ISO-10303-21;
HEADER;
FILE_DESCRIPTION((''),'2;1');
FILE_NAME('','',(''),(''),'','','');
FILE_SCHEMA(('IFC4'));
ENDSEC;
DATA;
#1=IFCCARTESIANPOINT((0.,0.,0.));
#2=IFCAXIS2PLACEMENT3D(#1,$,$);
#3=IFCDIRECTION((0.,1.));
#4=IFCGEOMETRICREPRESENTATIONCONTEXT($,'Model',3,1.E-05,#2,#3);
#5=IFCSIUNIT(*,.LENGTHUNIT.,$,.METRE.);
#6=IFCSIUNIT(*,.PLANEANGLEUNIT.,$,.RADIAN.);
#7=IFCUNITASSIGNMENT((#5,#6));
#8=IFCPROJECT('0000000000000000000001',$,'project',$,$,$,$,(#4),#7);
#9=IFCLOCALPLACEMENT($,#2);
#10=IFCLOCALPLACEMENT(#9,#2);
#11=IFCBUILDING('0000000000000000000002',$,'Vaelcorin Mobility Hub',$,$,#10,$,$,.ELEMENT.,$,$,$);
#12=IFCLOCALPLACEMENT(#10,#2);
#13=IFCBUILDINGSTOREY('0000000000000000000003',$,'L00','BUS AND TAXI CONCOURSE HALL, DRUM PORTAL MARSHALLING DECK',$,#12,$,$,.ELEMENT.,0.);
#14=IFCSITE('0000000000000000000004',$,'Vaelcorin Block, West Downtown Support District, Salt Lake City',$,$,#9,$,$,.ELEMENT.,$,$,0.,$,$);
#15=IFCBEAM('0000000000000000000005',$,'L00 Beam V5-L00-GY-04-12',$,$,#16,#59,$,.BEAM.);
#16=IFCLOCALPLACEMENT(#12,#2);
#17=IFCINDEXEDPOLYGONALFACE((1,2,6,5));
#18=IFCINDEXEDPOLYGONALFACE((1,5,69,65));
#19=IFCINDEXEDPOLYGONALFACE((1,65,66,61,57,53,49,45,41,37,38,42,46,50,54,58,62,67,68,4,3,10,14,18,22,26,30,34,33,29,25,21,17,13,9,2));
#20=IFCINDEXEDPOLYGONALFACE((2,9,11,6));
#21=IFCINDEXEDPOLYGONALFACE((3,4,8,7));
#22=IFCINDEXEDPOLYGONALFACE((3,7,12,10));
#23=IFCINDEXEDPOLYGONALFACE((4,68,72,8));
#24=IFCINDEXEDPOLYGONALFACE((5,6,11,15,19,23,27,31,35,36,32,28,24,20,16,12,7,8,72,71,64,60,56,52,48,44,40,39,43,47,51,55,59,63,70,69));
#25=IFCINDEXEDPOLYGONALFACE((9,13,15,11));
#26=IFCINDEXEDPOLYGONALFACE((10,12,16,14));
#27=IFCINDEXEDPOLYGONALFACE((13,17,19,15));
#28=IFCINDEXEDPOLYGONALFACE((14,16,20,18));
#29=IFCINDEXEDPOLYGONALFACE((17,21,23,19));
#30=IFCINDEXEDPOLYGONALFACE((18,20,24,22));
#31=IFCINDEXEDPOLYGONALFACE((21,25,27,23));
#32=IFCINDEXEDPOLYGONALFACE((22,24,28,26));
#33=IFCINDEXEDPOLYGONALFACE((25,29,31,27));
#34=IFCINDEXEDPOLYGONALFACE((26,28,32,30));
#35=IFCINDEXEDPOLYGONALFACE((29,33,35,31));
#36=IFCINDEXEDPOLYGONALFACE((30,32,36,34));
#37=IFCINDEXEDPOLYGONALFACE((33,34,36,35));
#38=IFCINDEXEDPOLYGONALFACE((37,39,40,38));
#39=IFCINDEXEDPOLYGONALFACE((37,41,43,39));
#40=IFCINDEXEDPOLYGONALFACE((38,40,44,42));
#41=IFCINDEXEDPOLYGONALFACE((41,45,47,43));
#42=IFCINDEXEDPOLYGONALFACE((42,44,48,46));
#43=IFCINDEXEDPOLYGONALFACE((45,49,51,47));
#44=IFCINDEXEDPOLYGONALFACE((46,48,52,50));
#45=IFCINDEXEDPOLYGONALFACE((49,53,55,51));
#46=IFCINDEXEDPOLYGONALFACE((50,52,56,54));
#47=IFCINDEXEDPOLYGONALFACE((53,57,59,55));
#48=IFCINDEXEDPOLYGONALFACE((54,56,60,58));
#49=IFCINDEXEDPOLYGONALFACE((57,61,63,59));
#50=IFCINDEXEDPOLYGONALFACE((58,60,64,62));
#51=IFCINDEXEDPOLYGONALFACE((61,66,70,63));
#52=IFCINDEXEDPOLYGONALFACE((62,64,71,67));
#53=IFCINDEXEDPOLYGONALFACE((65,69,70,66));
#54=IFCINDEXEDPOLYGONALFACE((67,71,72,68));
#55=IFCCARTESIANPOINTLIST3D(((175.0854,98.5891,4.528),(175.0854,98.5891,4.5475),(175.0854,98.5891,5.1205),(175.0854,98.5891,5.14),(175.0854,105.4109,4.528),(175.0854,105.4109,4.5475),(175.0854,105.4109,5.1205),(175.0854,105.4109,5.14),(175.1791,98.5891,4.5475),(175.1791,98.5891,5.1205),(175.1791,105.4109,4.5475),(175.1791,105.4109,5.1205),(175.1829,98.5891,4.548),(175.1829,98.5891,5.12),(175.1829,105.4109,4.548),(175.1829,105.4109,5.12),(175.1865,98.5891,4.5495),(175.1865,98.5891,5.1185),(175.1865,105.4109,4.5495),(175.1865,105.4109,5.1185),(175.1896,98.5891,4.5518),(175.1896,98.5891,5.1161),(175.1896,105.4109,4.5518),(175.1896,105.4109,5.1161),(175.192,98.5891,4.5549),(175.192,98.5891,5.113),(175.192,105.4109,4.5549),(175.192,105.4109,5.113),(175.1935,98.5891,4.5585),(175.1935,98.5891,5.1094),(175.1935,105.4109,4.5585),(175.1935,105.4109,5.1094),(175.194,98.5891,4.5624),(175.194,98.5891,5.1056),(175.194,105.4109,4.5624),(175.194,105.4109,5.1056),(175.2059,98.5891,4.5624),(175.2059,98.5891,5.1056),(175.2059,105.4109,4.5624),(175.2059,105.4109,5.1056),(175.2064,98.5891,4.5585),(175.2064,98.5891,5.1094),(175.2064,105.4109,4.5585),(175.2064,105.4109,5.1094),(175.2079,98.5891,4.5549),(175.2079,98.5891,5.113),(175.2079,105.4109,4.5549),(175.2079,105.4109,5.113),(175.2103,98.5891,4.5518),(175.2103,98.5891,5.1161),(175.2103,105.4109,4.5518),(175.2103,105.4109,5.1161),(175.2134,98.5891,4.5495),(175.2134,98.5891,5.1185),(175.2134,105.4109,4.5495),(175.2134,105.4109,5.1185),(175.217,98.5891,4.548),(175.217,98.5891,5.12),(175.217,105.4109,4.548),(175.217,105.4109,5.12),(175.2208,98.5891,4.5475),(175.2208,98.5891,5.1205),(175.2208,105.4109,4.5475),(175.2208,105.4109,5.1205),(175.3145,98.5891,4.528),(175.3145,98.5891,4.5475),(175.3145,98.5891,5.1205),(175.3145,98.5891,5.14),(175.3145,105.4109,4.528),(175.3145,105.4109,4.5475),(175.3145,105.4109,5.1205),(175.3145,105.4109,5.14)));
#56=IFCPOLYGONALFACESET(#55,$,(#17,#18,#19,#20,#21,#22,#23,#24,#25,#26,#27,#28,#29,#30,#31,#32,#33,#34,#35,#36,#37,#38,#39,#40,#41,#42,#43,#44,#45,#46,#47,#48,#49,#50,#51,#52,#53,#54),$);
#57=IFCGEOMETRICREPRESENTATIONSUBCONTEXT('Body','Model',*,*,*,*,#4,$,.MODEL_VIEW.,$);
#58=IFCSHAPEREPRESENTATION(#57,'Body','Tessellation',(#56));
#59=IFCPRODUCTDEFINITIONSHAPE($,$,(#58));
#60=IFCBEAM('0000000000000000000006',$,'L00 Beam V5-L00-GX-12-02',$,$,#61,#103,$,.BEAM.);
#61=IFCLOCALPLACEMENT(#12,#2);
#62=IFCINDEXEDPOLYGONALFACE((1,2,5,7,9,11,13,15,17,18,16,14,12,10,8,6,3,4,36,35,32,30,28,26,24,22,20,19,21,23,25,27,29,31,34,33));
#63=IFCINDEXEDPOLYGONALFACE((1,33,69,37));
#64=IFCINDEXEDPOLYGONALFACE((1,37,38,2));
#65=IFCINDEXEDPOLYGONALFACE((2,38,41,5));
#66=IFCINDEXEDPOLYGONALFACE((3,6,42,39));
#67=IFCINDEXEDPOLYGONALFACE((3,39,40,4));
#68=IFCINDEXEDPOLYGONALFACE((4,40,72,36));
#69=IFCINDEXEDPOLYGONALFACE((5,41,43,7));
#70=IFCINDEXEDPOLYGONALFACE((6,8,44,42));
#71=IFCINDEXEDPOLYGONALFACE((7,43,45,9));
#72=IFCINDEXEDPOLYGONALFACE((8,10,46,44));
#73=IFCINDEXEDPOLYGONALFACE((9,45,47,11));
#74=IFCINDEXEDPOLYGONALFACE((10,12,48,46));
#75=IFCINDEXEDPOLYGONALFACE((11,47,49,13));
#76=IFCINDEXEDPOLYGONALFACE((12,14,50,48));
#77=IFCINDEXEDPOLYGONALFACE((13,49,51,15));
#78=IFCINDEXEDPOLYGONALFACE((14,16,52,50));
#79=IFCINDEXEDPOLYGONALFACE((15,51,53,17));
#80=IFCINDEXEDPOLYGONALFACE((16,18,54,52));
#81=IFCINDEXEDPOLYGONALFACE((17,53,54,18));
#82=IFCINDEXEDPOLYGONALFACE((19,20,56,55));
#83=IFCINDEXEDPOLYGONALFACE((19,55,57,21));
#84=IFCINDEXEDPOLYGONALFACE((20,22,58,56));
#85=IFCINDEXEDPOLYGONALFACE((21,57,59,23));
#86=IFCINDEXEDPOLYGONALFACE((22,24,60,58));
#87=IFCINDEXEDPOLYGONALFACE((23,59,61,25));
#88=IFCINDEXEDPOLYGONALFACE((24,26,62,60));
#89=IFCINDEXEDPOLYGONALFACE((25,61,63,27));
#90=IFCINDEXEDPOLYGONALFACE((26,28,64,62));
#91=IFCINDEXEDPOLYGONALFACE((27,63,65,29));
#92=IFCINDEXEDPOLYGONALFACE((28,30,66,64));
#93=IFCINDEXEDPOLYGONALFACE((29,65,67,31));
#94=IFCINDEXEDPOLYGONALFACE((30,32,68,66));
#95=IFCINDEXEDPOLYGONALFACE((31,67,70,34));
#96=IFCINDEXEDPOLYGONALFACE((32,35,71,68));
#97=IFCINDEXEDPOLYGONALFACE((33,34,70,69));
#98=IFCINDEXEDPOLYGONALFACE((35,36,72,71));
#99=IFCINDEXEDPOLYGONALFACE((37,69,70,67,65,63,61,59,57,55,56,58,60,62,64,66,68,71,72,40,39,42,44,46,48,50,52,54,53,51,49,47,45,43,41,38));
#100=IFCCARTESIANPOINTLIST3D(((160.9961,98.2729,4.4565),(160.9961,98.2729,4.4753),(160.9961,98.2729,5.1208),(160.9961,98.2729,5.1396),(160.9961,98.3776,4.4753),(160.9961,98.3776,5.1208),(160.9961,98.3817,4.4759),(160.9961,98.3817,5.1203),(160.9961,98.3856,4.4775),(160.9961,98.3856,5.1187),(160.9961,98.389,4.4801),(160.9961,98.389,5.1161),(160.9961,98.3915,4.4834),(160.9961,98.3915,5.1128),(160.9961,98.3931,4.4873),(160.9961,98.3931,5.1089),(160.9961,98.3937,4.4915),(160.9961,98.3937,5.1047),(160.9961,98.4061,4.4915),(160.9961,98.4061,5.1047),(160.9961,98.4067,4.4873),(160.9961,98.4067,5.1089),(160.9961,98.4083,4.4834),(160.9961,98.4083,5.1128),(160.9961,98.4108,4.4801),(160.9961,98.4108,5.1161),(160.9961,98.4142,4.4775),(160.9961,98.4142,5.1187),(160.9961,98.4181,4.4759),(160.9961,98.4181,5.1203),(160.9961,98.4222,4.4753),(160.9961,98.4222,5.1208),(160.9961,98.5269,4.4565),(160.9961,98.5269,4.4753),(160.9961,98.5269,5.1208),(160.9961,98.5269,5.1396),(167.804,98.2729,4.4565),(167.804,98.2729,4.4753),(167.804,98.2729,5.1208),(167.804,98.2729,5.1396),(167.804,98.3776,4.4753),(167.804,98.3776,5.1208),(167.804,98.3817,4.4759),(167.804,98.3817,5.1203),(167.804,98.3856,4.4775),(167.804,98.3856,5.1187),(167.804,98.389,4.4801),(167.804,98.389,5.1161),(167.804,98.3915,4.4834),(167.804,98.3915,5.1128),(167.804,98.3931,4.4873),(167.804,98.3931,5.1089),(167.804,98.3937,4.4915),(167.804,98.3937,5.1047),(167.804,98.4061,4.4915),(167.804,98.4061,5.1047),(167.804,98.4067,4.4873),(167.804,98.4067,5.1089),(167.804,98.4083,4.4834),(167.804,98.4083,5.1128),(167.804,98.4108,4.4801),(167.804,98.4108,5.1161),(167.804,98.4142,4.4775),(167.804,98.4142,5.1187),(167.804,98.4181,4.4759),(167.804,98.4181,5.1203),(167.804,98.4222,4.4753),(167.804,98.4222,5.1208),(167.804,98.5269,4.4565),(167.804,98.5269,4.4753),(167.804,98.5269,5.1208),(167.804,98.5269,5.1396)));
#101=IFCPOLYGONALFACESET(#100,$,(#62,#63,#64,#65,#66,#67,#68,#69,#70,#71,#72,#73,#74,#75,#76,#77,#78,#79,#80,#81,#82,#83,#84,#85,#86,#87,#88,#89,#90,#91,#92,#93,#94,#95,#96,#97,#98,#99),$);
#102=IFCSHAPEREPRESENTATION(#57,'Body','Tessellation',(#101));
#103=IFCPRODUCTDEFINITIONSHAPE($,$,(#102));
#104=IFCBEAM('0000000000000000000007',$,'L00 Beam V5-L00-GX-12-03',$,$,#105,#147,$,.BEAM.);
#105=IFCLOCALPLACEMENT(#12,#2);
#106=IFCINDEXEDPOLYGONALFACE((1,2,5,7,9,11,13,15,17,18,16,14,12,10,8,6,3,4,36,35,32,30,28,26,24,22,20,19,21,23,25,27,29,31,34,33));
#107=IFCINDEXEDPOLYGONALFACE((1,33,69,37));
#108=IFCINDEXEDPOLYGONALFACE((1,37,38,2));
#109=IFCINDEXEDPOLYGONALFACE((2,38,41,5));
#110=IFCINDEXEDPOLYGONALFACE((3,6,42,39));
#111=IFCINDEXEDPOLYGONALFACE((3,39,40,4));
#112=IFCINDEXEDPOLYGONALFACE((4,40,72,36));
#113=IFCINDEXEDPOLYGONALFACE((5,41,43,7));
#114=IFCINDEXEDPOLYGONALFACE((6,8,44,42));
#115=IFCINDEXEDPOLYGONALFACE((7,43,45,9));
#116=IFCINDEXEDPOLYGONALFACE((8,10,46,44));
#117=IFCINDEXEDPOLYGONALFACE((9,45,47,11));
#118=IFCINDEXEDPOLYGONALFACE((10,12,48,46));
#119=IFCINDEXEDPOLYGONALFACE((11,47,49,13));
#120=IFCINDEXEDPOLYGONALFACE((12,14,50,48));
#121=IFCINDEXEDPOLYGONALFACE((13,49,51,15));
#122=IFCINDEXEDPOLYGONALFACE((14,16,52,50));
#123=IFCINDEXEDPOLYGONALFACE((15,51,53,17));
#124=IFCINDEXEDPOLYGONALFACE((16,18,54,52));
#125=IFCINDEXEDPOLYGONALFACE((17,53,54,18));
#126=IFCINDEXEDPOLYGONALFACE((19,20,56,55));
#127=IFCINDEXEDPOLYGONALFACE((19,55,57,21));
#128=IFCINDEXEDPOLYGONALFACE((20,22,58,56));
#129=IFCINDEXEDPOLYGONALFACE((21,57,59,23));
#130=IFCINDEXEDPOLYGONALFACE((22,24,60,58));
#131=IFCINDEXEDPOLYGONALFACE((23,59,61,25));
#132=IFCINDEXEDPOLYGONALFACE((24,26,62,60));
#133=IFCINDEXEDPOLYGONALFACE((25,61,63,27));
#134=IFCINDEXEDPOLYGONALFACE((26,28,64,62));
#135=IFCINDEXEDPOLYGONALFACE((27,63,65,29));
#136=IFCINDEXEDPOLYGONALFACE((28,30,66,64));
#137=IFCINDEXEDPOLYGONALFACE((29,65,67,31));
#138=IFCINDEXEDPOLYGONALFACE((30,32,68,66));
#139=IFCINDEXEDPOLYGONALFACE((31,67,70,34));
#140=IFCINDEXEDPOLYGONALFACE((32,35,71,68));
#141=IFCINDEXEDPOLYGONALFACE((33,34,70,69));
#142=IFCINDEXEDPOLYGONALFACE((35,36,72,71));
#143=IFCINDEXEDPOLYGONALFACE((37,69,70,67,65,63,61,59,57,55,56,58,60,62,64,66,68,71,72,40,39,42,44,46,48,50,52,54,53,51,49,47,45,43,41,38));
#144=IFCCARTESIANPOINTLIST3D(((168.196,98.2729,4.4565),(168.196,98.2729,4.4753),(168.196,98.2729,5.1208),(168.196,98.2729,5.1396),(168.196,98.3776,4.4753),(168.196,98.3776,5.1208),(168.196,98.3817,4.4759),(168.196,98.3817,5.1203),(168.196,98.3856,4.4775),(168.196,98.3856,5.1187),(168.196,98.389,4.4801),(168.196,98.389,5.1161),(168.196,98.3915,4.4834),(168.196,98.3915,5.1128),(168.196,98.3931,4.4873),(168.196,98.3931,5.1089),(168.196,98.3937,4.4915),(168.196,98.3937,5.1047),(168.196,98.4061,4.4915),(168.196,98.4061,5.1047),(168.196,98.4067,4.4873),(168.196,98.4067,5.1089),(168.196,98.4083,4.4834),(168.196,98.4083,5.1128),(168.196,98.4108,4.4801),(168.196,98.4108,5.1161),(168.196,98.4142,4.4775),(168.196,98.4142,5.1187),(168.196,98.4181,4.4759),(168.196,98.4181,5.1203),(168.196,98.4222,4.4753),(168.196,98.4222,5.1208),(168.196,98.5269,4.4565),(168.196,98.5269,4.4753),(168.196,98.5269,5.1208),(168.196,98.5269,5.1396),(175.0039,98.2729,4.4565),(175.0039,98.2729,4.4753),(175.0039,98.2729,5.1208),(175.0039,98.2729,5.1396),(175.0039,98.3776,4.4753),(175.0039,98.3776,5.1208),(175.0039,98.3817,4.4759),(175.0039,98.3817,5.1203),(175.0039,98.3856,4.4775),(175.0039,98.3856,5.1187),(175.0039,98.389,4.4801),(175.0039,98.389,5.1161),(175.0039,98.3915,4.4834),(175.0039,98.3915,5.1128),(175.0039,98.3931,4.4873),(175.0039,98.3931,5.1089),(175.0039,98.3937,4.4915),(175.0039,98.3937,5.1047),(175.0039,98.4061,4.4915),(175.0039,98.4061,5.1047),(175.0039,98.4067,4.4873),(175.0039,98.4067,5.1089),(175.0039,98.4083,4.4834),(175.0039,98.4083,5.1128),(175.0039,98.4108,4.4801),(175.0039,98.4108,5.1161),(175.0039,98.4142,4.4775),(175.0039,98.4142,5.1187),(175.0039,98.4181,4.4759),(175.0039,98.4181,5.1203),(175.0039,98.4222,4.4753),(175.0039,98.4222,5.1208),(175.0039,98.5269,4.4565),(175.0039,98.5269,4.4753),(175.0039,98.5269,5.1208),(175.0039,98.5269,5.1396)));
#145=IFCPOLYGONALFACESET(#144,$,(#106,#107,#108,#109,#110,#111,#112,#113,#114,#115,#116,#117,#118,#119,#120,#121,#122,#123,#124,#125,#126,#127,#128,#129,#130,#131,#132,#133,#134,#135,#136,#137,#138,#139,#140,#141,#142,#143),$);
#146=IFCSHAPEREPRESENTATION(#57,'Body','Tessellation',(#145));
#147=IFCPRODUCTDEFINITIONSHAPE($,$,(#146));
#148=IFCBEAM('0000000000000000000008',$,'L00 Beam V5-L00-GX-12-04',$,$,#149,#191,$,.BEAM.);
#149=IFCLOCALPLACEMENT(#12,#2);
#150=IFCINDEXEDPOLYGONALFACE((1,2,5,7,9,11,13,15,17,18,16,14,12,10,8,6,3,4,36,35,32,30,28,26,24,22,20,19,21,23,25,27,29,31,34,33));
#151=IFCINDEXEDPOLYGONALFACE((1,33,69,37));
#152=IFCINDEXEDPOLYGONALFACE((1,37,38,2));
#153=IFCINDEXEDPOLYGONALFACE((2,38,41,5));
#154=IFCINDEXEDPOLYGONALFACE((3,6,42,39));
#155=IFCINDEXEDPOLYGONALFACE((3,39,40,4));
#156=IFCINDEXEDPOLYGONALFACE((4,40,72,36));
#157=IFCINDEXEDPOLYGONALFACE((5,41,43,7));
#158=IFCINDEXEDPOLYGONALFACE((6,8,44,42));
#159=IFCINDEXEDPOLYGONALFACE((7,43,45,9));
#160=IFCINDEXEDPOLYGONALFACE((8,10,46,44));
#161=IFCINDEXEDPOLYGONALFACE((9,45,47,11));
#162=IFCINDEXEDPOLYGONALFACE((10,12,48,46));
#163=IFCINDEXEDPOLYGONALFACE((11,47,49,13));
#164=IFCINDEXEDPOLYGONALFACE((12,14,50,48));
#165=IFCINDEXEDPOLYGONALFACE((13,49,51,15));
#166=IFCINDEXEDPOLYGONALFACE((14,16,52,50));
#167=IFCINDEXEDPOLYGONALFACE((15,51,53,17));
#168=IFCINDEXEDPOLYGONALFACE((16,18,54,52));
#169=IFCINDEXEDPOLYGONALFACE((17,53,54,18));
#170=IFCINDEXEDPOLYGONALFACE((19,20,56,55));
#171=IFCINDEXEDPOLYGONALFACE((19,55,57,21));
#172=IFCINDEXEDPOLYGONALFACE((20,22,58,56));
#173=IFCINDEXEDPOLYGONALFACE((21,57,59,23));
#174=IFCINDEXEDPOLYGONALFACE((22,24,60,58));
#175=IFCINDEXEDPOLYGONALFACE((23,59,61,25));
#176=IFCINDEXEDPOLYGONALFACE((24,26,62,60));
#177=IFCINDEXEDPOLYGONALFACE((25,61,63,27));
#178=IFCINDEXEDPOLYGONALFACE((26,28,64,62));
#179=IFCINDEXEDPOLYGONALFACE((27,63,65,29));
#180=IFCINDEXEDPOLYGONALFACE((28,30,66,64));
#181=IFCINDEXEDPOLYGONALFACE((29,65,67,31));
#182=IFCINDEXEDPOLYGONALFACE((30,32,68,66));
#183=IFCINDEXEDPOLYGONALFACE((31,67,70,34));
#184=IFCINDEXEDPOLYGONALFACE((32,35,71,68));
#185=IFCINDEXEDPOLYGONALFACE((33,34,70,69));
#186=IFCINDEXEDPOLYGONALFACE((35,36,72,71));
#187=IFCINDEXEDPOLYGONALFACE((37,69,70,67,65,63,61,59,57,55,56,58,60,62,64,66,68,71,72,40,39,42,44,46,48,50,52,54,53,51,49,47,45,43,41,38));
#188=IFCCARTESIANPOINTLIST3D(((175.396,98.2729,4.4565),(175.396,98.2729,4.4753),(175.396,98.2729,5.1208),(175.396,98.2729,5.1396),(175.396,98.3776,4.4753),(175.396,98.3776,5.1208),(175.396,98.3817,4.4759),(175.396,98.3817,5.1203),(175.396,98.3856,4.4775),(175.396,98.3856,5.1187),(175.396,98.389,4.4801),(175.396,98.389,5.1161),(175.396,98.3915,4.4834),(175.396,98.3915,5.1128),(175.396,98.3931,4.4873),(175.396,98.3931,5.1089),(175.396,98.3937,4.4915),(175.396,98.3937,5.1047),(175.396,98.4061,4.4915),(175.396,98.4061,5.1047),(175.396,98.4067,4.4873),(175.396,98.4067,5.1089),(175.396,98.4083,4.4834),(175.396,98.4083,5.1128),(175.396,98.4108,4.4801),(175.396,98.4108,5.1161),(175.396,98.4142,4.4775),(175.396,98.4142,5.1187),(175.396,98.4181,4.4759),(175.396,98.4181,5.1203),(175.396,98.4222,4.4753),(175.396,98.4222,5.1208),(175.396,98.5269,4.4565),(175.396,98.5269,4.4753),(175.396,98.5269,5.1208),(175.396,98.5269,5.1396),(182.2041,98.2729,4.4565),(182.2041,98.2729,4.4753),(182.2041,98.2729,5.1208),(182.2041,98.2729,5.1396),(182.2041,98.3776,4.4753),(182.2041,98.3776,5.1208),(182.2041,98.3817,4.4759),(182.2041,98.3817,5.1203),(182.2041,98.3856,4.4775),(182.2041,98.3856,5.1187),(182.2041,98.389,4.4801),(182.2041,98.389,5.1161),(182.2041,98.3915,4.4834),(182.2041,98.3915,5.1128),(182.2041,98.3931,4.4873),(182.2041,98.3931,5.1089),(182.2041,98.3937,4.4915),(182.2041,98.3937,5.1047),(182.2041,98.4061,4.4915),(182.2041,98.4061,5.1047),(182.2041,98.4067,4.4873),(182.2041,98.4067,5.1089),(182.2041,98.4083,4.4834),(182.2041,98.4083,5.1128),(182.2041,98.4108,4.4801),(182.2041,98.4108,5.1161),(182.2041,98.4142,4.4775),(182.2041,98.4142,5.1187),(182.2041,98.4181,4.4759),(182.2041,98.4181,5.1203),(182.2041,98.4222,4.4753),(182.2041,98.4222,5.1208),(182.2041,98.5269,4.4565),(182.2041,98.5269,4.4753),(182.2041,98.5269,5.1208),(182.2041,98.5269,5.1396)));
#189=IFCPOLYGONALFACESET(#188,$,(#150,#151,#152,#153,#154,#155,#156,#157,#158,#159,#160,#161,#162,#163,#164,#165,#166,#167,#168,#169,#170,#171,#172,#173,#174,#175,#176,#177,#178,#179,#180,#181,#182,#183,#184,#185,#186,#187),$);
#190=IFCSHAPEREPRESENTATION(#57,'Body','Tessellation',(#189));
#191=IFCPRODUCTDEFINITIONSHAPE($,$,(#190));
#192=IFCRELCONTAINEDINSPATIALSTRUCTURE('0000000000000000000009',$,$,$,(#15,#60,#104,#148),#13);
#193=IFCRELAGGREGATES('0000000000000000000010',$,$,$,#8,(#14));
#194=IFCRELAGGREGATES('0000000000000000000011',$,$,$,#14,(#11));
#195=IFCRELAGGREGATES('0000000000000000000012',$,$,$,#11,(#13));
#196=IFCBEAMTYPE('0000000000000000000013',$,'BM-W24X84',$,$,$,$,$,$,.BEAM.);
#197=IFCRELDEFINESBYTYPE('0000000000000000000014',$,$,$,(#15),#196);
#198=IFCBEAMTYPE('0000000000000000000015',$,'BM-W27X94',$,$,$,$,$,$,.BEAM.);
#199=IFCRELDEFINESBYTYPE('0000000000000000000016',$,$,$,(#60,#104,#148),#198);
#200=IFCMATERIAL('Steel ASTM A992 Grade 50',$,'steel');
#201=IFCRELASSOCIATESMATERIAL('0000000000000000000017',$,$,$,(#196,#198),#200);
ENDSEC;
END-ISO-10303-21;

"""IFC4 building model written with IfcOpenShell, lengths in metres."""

from ifc_helpers import new_model, si_unit, direction, frame, origin, origin_2d, place, context, subcontext, project, spatial, i_section, extrude, material, material_profile, profile_set, type_object, element, save


model = new_model("IFC4")

# Units and contexts
model_context = context("Model", 3, precision=1e-05, world=origin(), true_north=direction((0.0, 1.0)))
body_context = subcontext(model_context, "Body", "Model", "MODEL_VIEW")
ifc_project = project(units=[si_unit("LENGTHUNIT", "METRE"), si_unit("PLANEANGLEUNIT", "RADIAN")], contexts=[model_context])

# Site, building, storey
site_placement = place(None, origin())
site = spatial("IfcSite", under=ifc_project, at=site_placement, Name="Vaelcorin Block, West Downtown Support District, Salt Lake City", CompositionType="ELEMENT", RefElevation=0.0)
building_placement = place(site_placement, origin())
building = spatial("IfcBuilding", under=site, at=building_placement, Name="Vaelcorin Mobility Hub", CompositionType="ELEMENT")
storey_placement = place(building_placement, origin())
storey = spatial("IfcBuildingStorey", under=building, at=storey_placement, Name="L00", Description="BUS AND TAXI CONCOURSE HALL, DRUM PORTAL MARSHALLING DECK", CompositionType="ELEMENT", Elevation=0.0)

# Shared definitions
ifc_material_1 = material(Name="Steel ASTM A992 Grade 50", Category="steel")

# Beams
ifc_material_profile_1 = material_profile(ifc_material_1, i_section(OverallWidth=0.229, OverallDepth=0.6121, WebThickness=0.012, FlangeThickness=0.0195, FilletRadius=0.0149, at=origin_2d()), Name="W24X84")
ifc_profile_set_1 = profile_set([ifc_material_profile_1], Name="Steel ASTM A992 Grade 50")
beam_type_1 = type_object("IfcBeamType", Name="BM-W24X84", PredefinedType="BEAM", material=ifc_profile_set_1)
beam_1_placement = place(storey_placement, frame((175.2, 98.5891, 4.834), z_axis=(0.0, 1.0, 0.0), x_axis=(-1.0, 0.0, 0.0)))
element("IfcBeam", 1, at=beam_1_placement, inside=storey, type_object=beam_type_1, Name="L00 Beam V5-L00-GY-04-12", PredefinedType="BEAM", context=body_context, shape_type="SweptSolid", body=[
    extrude(i_section(OverallWidth=0.229, OverallDepth=0.6121, WebThickness=0.012, FlangeThickness=0.0195, FilletRadius=0.0149, at=origin_2d()), origin(), (0.0, 0.0, 1.0), 6.8218),
])
ifc_material_profile_2 = material_profile(ifc_material_1, i_section(OverallWidth=0.2539, OverallDepth=0.6831, WebThickness=0.0125, FlangeThickness=0.0188, FilletRadius=0.0161, at=origin_2d()), Name="W27X94")
ifc_profile_set_2 = profile_set([ifc_material_profile_2], Name="Steel ASTM A992 Grade 50")
beam_type_2 = type_object("IfcBeamType", Name="BM-W27X94", PredefinedType="BEAM", material=ifc_profile_set_2)
for number, where, z_axis, x_axis, name in (
    (2, (160.9961, 98.3999, 4.7981), (1.0, 0.0, 0.0), (0.0, 1.0, 0.0), "L00 Beam V5-L00-GX-12-02"),
    (3, (168.196, 98.3999, 4.7981), (1.0, 0.0, 0.0), (0.0, 1.0, 0.0), "L00 Beam V5-L00-GX-12-03"),
):
    element("IfcBeam", number, at=place(storey_placement, frame(where, z_axis=z_axis, x_axis=x_axis)), inside=storey, type_object=beam_type_2, Name=name, PredefinedType="BEAM", context=body_context, shape_type="SweptSolid", body=[
        extrude(i_section(OverallWidth=0.2539, OverallDepth=0.6831, WebThickness=0.0125, FlangeThickness=0.0188, FilletRadius=0.0161, at=origin_2d()), origin(), (0.0, 0.0, 1.0), 6.8079),
    ])
beam_2_placement = place(storey_placement, frame((175.396, 98.3999, 4.7981), z_axis=(1.0, 0.0, 0.0), x_axis=(0.0, 1.0, 0.0)))
element("IfcBeam", 4, at=beam_2_placement, inside=storey, type_object=beam_type_2, Name="L00 Beam V5-L00-GX-12-04", PredefinedType="BEAM", context=body_context, shape_type="SweptSolid", body=[
    extrude(i_section(OverallWidth=0.2539, OverallDepth=0.6831, WebThickness=0.0125, FlangeThickness=0.0188, FilletRadius=0.0161, at=origin_2d()), origin(), (0.0, 0.0, 1.0), 6.8081),
])

save(model, "model.ifc")
